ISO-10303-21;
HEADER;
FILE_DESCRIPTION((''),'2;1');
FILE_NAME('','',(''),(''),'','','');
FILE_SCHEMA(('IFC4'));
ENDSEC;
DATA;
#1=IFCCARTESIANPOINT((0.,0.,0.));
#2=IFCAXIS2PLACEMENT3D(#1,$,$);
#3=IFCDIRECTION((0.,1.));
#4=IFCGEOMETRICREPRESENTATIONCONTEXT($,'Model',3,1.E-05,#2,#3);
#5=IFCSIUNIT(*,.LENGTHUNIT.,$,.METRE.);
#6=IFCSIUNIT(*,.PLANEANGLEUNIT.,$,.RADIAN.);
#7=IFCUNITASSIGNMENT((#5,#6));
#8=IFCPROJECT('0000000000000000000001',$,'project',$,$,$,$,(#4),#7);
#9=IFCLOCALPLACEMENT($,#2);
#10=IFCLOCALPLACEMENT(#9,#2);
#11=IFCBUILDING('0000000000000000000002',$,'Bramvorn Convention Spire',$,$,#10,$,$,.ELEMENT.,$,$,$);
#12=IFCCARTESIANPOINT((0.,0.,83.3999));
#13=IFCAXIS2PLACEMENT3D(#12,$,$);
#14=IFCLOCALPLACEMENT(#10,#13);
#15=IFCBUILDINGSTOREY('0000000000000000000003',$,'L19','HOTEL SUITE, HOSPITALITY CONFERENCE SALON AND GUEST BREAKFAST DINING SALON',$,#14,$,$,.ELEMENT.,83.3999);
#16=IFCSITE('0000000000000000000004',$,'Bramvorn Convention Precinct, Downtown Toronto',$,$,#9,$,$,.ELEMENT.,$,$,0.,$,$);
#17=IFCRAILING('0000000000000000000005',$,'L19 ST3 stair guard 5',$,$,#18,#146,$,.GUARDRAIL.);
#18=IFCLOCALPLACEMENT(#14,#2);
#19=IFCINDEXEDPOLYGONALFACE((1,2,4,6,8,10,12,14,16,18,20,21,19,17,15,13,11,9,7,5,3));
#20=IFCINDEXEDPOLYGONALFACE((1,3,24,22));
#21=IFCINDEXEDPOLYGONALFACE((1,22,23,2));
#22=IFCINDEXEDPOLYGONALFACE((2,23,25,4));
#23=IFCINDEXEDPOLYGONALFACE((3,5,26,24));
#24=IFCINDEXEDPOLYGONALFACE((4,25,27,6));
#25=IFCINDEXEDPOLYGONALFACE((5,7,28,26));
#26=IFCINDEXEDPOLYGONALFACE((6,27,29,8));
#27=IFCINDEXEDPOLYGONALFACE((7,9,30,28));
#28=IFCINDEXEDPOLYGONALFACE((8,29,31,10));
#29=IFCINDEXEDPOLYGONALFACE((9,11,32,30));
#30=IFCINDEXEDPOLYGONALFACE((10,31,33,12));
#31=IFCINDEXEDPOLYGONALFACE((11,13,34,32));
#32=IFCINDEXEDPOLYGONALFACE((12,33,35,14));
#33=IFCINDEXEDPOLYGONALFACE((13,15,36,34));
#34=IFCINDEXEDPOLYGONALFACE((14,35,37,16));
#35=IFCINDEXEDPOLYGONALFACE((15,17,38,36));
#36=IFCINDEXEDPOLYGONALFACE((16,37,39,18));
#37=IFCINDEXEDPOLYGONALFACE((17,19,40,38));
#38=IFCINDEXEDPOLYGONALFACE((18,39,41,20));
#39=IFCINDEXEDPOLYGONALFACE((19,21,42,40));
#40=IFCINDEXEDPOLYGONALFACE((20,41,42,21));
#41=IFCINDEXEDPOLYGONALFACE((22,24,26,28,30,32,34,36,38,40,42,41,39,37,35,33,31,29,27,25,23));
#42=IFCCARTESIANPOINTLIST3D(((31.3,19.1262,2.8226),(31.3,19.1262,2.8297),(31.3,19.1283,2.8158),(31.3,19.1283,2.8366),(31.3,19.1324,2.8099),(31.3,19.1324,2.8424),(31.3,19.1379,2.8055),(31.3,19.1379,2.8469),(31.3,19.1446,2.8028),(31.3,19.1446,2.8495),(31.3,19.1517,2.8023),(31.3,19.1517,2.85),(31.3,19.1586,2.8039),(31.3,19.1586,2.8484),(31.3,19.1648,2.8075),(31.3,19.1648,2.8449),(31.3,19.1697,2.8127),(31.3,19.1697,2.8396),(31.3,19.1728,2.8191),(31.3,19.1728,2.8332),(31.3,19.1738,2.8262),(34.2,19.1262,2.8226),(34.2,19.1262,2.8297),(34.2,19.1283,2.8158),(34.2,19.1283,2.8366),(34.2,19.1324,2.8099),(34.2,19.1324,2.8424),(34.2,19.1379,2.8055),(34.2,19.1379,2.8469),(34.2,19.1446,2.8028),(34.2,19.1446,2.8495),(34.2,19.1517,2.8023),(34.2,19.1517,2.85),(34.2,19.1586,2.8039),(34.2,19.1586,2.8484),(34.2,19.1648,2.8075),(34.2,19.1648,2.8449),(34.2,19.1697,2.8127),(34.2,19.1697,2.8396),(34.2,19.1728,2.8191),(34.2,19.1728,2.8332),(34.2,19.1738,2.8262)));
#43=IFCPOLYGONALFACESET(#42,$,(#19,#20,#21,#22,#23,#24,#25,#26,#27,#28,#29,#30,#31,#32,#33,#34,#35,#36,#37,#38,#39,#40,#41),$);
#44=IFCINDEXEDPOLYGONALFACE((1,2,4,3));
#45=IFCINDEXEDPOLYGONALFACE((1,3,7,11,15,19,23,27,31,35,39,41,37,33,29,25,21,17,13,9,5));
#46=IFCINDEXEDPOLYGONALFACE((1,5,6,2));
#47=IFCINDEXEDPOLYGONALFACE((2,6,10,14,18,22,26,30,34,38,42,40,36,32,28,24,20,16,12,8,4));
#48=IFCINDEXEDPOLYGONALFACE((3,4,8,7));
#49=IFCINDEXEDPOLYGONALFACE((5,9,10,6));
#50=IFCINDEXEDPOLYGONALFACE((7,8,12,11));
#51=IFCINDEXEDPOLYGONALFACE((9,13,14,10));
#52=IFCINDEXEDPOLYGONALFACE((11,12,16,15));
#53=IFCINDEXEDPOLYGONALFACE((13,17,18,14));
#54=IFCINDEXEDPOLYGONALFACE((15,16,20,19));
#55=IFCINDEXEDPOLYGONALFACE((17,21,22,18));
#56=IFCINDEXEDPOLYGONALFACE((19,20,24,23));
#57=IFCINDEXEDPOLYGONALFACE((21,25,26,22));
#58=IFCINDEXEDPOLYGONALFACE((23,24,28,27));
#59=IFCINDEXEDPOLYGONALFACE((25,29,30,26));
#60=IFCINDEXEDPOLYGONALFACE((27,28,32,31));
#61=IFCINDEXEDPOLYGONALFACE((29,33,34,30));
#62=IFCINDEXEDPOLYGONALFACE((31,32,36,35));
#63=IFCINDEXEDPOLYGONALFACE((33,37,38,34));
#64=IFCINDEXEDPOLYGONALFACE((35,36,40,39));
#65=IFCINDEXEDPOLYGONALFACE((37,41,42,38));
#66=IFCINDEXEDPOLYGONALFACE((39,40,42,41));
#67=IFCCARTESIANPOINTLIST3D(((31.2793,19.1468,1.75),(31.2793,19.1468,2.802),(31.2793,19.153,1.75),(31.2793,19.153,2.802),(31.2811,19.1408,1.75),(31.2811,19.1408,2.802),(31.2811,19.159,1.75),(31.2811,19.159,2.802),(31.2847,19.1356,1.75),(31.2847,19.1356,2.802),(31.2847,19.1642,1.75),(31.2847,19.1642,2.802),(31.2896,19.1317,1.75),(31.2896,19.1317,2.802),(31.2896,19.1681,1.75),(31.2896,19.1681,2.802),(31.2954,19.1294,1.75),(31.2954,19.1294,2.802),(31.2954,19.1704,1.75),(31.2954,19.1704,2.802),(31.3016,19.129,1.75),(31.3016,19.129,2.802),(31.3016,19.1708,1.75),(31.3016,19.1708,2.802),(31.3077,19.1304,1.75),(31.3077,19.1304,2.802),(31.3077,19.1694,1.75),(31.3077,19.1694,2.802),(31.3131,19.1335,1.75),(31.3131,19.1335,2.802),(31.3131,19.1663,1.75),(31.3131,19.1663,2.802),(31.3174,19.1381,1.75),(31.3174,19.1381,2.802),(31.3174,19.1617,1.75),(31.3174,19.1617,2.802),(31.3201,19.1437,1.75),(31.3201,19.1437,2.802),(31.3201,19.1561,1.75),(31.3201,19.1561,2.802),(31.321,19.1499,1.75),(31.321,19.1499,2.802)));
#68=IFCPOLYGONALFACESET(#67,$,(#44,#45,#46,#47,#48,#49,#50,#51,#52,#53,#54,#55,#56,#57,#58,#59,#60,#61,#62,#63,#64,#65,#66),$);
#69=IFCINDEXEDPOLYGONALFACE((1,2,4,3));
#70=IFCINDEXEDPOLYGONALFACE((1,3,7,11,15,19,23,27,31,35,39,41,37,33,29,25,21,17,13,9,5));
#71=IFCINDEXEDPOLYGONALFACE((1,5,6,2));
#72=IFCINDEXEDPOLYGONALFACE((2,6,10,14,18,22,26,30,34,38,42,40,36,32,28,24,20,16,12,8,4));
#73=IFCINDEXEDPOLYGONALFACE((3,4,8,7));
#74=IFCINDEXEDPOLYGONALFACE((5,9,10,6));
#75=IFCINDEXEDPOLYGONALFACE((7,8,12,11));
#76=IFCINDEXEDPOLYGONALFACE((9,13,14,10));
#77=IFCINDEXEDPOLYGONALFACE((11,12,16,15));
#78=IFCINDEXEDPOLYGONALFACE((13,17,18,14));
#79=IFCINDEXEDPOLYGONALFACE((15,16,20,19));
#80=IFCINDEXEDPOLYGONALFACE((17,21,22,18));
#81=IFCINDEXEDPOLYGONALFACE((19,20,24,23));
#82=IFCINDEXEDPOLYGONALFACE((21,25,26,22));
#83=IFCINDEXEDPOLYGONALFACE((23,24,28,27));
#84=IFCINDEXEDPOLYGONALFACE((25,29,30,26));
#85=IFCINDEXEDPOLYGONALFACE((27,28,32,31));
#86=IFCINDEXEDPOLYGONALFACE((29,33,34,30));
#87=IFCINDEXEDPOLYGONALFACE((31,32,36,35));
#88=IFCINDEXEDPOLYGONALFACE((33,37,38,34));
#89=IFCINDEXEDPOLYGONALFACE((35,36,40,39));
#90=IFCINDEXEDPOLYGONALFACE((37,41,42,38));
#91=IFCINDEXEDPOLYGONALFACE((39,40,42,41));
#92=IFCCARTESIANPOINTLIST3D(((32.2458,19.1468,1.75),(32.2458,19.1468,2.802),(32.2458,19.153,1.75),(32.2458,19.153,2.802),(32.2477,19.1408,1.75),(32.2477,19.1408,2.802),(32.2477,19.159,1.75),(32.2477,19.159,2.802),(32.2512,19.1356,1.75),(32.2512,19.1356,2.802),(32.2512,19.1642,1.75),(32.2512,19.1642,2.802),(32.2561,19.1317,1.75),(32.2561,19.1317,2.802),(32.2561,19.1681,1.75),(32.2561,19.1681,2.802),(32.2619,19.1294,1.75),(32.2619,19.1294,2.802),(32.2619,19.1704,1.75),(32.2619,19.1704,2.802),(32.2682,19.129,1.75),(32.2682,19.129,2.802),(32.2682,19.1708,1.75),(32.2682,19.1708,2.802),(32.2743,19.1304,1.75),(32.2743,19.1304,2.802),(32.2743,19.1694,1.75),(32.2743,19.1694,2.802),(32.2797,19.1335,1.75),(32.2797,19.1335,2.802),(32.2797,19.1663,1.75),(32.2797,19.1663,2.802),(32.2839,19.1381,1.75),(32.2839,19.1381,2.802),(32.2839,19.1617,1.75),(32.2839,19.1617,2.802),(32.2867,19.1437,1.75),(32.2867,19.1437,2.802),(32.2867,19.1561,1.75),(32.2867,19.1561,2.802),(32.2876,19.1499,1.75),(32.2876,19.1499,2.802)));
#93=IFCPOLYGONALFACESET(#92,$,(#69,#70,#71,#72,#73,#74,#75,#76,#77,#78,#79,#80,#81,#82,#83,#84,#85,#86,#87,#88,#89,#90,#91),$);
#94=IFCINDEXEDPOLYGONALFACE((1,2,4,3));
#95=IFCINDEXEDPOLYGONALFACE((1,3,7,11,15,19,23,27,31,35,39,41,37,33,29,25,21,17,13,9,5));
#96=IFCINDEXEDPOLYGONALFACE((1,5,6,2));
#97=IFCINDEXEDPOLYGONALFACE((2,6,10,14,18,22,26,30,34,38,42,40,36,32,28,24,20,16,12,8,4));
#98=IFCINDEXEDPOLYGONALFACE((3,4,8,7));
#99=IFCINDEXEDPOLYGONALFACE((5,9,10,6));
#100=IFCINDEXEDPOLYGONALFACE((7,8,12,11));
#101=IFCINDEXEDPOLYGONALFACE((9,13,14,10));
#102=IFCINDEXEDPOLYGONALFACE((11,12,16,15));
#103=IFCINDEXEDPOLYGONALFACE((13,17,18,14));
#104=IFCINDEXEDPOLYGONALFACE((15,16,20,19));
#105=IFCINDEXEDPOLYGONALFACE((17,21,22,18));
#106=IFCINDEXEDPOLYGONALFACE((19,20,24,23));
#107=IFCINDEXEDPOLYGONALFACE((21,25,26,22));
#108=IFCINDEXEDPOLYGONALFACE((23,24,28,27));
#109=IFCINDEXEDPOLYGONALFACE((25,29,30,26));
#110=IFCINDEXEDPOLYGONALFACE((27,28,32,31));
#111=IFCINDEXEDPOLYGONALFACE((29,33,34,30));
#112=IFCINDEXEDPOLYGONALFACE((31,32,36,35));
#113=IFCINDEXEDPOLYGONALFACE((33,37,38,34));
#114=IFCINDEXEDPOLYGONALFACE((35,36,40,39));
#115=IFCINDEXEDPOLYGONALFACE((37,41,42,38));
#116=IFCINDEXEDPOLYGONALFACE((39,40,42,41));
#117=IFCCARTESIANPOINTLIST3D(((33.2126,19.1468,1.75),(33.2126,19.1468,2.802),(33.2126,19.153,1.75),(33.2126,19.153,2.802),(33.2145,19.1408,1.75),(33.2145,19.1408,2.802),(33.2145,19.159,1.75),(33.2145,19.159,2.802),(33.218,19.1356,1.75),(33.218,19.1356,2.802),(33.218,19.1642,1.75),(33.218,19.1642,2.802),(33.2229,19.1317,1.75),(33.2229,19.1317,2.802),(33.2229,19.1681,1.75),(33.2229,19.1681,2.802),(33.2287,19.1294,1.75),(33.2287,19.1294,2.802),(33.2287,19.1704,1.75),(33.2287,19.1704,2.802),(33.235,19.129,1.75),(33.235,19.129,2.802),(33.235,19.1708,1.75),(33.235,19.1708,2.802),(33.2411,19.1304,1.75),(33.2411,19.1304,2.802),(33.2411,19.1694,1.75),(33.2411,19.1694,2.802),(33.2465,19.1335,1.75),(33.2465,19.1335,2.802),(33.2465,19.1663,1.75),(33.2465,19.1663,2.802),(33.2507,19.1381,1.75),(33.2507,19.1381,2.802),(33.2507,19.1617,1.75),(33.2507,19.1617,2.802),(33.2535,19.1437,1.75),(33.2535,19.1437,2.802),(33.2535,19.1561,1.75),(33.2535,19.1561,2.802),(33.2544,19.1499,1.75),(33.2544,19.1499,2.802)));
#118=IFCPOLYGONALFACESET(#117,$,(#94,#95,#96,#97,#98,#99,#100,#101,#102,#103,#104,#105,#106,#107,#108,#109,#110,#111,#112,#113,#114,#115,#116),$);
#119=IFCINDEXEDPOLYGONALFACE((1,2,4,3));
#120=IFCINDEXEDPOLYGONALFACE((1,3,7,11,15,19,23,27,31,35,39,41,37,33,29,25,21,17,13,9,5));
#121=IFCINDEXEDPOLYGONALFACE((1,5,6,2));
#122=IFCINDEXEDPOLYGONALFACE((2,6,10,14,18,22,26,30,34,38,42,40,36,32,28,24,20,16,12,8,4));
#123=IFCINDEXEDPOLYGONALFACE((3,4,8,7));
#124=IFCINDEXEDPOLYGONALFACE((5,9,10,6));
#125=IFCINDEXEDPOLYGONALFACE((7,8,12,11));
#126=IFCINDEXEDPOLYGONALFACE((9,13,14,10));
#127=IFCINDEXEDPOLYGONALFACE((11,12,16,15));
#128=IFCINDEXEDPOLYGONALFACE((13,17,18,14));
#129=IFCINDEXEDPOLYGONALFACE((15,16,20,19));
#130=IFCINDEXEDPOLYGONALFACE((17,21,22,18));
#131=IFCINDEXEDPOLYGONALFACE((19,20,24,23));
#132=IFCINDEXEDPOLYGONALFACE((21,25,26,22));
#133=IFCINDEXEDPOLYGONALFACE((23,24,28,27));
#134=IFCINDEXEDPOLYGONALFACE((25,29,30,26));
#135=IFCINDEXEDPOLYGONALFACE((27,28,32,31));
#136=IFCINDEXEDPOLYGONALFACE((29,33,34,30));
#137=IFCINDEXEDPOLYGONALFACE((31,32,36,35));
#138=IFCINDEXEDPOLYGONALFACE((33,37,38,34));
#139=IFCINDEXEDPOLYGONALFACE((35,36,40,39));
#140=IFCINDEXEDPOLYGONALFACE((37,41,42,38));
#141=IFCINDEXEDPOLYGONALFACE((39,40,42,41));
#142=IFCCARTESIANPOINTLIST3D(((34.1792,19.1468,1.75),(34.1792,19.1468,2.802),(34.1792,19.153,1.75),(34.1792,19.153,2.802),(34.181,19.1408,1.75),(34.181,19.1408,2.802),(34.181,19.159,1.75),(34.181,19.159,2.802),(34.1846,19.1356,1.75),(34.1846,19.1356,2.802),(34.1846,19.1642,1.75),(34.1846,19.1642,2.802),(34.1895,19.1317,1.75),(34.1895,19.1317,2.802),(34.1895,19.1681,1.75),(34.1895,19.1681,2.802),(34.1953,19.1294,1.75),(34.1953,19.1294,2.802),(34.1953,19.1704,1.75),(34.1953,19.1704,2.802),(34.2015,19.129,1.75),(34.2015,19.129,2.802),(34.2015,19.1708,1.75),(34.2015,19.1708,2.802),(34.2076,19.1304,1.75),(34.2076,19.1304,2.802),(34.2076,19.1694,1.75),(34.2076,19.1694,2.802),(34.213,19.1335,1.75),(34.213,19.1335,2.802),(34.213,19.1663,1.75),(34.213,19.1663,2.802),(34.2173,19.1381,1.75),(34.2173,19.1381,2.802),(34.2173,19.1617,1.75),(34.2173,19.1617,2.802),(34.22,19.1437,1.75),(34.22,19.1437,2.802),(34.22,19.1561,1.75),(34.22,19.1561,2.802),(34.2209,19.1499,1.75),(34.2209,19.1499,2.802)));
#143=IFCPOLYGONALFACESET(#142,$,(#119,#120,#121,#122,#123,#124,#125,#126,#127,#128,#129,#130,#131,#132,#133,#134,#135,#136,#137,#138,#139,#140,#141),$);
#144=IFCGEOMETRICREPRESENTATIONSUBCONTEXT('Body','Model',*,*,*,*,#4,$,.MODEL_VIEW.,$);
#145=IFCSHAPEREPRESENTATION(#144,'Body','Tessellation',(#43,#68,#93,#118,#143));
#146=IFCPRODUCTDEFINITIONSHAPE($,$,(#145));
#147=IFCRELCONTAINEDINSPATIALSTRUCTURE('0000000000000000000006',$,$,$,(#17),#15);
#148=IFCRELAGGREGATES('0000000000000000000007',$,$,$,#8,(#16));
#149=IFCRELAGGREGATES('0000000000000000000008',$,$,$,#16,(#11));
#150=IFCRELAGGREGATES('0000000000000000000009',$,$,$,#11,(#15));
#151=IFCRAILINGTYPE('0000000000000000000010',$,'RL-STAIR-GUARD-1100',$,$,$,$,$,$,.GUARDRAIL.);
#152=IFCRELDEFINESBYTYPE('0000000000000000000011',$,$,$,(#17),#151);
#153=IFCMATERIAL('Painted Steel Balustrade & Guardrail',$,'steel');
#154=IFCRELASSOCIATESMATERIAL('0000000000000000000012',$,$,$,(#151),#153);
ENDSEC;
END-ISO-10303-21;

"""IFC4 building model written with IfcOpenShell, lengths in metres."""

from ifc_helpers import new_model, si_unit, direction, frame, origin, origin_2d, place, context, subcontext, project, spatial, circle, extrude, material, type_object, element, save


model = new_model("IFC4")

# Units and contexts
model_context = context("Model", 3, precision=1e-05, world=origin(), true_north=direction((0.0, 1.0)))
body_context = subcontext(model_context, "Body", "Model", "MODEL_VIEW")
ifc_project = project(units=[si_unit("LENGTHUNIT", "METRE"), si_unit("PLANEANGLEUNIT", "RADIAN")], contexts=[model_context])

# Site, building, storey
site_placement = place(None, origin())
site = spatial("IfcSite", under=ifc_project, at=site_placement, Name="Bramvorn Convention Precinct, Downtown Toronto", CompositionType="ELEMENT", RefElevation=0.0)
building_placement = place(site_placement, origin())
building = spatial("IfcBuilding", under=site, at=building_placement, Name="Bramvorn Convention Spire", CompositionType="ELEMENT")
storey_placement = place(building_placement, frame((0.0, 0.0, 83.3999)))
storey = spatial("IfcBuildingStorey", under=building, at=storey_placement, Name="L19", Description="HOTEL SUITE, HOSPITALITY CONFERENCE SALON AND GUEST BREAKFAST DINING SALON", CompositionType="ELEMENT", Elevation=83.3999)

# Railing
ifc_material_1 = material(Name="Painted Steel Balustrade & Guardrail", Category="steel")
railing_type = type_object("IfcRailingType", Name="RL-STAIR-GUARD-1100", PredefinedType="GUARDRAIL", material=ifc_material_1)
railing_1_placement = place(storey_placement, frame((31.3, 19.1499, 1.75)))
element("IfcRailing", 1, at=railing_1_placement, inside=storey, type_object=railing_type, Name="L19 ST3 stair guard 5", PredefinedType="GUARDRAIL", context=body_context, shape_type="SweptSolid", body=[
    extrude(circle(Radius=0.0239, at=origin_2d()), frame((0.0, 0.0, 1.0762), z_axis=(1.0, 0.0, 0.0), x_axis=(0.0, 1.0, 0.0)), (0.0, 0.0, 1.0), 2.8999),
    extrude(circle(Radius=0.021, at=origin_2d()), origin(), (0.0, 0.0, 1.0), 1.052),
    extrude(circle(Radius=0.021, at=origin_2d()), frame((0.9666, 0.0, 0.0)), (0.0, 0.0, 1.0), 1.052),
    extrude(circle(Radius=0.021, at=origin_2d()), frame((1.9333, 0.0, 0.0)), (0.0, 0.0, 1.0), 1.052),
    extrude(circle(Radius=0.021, at=origin_2d()), frame((2.8999, 0.0, 0.0)), (0.0, 0.0, 1.0), 1.052),
])

save(model, "model.ifc")
